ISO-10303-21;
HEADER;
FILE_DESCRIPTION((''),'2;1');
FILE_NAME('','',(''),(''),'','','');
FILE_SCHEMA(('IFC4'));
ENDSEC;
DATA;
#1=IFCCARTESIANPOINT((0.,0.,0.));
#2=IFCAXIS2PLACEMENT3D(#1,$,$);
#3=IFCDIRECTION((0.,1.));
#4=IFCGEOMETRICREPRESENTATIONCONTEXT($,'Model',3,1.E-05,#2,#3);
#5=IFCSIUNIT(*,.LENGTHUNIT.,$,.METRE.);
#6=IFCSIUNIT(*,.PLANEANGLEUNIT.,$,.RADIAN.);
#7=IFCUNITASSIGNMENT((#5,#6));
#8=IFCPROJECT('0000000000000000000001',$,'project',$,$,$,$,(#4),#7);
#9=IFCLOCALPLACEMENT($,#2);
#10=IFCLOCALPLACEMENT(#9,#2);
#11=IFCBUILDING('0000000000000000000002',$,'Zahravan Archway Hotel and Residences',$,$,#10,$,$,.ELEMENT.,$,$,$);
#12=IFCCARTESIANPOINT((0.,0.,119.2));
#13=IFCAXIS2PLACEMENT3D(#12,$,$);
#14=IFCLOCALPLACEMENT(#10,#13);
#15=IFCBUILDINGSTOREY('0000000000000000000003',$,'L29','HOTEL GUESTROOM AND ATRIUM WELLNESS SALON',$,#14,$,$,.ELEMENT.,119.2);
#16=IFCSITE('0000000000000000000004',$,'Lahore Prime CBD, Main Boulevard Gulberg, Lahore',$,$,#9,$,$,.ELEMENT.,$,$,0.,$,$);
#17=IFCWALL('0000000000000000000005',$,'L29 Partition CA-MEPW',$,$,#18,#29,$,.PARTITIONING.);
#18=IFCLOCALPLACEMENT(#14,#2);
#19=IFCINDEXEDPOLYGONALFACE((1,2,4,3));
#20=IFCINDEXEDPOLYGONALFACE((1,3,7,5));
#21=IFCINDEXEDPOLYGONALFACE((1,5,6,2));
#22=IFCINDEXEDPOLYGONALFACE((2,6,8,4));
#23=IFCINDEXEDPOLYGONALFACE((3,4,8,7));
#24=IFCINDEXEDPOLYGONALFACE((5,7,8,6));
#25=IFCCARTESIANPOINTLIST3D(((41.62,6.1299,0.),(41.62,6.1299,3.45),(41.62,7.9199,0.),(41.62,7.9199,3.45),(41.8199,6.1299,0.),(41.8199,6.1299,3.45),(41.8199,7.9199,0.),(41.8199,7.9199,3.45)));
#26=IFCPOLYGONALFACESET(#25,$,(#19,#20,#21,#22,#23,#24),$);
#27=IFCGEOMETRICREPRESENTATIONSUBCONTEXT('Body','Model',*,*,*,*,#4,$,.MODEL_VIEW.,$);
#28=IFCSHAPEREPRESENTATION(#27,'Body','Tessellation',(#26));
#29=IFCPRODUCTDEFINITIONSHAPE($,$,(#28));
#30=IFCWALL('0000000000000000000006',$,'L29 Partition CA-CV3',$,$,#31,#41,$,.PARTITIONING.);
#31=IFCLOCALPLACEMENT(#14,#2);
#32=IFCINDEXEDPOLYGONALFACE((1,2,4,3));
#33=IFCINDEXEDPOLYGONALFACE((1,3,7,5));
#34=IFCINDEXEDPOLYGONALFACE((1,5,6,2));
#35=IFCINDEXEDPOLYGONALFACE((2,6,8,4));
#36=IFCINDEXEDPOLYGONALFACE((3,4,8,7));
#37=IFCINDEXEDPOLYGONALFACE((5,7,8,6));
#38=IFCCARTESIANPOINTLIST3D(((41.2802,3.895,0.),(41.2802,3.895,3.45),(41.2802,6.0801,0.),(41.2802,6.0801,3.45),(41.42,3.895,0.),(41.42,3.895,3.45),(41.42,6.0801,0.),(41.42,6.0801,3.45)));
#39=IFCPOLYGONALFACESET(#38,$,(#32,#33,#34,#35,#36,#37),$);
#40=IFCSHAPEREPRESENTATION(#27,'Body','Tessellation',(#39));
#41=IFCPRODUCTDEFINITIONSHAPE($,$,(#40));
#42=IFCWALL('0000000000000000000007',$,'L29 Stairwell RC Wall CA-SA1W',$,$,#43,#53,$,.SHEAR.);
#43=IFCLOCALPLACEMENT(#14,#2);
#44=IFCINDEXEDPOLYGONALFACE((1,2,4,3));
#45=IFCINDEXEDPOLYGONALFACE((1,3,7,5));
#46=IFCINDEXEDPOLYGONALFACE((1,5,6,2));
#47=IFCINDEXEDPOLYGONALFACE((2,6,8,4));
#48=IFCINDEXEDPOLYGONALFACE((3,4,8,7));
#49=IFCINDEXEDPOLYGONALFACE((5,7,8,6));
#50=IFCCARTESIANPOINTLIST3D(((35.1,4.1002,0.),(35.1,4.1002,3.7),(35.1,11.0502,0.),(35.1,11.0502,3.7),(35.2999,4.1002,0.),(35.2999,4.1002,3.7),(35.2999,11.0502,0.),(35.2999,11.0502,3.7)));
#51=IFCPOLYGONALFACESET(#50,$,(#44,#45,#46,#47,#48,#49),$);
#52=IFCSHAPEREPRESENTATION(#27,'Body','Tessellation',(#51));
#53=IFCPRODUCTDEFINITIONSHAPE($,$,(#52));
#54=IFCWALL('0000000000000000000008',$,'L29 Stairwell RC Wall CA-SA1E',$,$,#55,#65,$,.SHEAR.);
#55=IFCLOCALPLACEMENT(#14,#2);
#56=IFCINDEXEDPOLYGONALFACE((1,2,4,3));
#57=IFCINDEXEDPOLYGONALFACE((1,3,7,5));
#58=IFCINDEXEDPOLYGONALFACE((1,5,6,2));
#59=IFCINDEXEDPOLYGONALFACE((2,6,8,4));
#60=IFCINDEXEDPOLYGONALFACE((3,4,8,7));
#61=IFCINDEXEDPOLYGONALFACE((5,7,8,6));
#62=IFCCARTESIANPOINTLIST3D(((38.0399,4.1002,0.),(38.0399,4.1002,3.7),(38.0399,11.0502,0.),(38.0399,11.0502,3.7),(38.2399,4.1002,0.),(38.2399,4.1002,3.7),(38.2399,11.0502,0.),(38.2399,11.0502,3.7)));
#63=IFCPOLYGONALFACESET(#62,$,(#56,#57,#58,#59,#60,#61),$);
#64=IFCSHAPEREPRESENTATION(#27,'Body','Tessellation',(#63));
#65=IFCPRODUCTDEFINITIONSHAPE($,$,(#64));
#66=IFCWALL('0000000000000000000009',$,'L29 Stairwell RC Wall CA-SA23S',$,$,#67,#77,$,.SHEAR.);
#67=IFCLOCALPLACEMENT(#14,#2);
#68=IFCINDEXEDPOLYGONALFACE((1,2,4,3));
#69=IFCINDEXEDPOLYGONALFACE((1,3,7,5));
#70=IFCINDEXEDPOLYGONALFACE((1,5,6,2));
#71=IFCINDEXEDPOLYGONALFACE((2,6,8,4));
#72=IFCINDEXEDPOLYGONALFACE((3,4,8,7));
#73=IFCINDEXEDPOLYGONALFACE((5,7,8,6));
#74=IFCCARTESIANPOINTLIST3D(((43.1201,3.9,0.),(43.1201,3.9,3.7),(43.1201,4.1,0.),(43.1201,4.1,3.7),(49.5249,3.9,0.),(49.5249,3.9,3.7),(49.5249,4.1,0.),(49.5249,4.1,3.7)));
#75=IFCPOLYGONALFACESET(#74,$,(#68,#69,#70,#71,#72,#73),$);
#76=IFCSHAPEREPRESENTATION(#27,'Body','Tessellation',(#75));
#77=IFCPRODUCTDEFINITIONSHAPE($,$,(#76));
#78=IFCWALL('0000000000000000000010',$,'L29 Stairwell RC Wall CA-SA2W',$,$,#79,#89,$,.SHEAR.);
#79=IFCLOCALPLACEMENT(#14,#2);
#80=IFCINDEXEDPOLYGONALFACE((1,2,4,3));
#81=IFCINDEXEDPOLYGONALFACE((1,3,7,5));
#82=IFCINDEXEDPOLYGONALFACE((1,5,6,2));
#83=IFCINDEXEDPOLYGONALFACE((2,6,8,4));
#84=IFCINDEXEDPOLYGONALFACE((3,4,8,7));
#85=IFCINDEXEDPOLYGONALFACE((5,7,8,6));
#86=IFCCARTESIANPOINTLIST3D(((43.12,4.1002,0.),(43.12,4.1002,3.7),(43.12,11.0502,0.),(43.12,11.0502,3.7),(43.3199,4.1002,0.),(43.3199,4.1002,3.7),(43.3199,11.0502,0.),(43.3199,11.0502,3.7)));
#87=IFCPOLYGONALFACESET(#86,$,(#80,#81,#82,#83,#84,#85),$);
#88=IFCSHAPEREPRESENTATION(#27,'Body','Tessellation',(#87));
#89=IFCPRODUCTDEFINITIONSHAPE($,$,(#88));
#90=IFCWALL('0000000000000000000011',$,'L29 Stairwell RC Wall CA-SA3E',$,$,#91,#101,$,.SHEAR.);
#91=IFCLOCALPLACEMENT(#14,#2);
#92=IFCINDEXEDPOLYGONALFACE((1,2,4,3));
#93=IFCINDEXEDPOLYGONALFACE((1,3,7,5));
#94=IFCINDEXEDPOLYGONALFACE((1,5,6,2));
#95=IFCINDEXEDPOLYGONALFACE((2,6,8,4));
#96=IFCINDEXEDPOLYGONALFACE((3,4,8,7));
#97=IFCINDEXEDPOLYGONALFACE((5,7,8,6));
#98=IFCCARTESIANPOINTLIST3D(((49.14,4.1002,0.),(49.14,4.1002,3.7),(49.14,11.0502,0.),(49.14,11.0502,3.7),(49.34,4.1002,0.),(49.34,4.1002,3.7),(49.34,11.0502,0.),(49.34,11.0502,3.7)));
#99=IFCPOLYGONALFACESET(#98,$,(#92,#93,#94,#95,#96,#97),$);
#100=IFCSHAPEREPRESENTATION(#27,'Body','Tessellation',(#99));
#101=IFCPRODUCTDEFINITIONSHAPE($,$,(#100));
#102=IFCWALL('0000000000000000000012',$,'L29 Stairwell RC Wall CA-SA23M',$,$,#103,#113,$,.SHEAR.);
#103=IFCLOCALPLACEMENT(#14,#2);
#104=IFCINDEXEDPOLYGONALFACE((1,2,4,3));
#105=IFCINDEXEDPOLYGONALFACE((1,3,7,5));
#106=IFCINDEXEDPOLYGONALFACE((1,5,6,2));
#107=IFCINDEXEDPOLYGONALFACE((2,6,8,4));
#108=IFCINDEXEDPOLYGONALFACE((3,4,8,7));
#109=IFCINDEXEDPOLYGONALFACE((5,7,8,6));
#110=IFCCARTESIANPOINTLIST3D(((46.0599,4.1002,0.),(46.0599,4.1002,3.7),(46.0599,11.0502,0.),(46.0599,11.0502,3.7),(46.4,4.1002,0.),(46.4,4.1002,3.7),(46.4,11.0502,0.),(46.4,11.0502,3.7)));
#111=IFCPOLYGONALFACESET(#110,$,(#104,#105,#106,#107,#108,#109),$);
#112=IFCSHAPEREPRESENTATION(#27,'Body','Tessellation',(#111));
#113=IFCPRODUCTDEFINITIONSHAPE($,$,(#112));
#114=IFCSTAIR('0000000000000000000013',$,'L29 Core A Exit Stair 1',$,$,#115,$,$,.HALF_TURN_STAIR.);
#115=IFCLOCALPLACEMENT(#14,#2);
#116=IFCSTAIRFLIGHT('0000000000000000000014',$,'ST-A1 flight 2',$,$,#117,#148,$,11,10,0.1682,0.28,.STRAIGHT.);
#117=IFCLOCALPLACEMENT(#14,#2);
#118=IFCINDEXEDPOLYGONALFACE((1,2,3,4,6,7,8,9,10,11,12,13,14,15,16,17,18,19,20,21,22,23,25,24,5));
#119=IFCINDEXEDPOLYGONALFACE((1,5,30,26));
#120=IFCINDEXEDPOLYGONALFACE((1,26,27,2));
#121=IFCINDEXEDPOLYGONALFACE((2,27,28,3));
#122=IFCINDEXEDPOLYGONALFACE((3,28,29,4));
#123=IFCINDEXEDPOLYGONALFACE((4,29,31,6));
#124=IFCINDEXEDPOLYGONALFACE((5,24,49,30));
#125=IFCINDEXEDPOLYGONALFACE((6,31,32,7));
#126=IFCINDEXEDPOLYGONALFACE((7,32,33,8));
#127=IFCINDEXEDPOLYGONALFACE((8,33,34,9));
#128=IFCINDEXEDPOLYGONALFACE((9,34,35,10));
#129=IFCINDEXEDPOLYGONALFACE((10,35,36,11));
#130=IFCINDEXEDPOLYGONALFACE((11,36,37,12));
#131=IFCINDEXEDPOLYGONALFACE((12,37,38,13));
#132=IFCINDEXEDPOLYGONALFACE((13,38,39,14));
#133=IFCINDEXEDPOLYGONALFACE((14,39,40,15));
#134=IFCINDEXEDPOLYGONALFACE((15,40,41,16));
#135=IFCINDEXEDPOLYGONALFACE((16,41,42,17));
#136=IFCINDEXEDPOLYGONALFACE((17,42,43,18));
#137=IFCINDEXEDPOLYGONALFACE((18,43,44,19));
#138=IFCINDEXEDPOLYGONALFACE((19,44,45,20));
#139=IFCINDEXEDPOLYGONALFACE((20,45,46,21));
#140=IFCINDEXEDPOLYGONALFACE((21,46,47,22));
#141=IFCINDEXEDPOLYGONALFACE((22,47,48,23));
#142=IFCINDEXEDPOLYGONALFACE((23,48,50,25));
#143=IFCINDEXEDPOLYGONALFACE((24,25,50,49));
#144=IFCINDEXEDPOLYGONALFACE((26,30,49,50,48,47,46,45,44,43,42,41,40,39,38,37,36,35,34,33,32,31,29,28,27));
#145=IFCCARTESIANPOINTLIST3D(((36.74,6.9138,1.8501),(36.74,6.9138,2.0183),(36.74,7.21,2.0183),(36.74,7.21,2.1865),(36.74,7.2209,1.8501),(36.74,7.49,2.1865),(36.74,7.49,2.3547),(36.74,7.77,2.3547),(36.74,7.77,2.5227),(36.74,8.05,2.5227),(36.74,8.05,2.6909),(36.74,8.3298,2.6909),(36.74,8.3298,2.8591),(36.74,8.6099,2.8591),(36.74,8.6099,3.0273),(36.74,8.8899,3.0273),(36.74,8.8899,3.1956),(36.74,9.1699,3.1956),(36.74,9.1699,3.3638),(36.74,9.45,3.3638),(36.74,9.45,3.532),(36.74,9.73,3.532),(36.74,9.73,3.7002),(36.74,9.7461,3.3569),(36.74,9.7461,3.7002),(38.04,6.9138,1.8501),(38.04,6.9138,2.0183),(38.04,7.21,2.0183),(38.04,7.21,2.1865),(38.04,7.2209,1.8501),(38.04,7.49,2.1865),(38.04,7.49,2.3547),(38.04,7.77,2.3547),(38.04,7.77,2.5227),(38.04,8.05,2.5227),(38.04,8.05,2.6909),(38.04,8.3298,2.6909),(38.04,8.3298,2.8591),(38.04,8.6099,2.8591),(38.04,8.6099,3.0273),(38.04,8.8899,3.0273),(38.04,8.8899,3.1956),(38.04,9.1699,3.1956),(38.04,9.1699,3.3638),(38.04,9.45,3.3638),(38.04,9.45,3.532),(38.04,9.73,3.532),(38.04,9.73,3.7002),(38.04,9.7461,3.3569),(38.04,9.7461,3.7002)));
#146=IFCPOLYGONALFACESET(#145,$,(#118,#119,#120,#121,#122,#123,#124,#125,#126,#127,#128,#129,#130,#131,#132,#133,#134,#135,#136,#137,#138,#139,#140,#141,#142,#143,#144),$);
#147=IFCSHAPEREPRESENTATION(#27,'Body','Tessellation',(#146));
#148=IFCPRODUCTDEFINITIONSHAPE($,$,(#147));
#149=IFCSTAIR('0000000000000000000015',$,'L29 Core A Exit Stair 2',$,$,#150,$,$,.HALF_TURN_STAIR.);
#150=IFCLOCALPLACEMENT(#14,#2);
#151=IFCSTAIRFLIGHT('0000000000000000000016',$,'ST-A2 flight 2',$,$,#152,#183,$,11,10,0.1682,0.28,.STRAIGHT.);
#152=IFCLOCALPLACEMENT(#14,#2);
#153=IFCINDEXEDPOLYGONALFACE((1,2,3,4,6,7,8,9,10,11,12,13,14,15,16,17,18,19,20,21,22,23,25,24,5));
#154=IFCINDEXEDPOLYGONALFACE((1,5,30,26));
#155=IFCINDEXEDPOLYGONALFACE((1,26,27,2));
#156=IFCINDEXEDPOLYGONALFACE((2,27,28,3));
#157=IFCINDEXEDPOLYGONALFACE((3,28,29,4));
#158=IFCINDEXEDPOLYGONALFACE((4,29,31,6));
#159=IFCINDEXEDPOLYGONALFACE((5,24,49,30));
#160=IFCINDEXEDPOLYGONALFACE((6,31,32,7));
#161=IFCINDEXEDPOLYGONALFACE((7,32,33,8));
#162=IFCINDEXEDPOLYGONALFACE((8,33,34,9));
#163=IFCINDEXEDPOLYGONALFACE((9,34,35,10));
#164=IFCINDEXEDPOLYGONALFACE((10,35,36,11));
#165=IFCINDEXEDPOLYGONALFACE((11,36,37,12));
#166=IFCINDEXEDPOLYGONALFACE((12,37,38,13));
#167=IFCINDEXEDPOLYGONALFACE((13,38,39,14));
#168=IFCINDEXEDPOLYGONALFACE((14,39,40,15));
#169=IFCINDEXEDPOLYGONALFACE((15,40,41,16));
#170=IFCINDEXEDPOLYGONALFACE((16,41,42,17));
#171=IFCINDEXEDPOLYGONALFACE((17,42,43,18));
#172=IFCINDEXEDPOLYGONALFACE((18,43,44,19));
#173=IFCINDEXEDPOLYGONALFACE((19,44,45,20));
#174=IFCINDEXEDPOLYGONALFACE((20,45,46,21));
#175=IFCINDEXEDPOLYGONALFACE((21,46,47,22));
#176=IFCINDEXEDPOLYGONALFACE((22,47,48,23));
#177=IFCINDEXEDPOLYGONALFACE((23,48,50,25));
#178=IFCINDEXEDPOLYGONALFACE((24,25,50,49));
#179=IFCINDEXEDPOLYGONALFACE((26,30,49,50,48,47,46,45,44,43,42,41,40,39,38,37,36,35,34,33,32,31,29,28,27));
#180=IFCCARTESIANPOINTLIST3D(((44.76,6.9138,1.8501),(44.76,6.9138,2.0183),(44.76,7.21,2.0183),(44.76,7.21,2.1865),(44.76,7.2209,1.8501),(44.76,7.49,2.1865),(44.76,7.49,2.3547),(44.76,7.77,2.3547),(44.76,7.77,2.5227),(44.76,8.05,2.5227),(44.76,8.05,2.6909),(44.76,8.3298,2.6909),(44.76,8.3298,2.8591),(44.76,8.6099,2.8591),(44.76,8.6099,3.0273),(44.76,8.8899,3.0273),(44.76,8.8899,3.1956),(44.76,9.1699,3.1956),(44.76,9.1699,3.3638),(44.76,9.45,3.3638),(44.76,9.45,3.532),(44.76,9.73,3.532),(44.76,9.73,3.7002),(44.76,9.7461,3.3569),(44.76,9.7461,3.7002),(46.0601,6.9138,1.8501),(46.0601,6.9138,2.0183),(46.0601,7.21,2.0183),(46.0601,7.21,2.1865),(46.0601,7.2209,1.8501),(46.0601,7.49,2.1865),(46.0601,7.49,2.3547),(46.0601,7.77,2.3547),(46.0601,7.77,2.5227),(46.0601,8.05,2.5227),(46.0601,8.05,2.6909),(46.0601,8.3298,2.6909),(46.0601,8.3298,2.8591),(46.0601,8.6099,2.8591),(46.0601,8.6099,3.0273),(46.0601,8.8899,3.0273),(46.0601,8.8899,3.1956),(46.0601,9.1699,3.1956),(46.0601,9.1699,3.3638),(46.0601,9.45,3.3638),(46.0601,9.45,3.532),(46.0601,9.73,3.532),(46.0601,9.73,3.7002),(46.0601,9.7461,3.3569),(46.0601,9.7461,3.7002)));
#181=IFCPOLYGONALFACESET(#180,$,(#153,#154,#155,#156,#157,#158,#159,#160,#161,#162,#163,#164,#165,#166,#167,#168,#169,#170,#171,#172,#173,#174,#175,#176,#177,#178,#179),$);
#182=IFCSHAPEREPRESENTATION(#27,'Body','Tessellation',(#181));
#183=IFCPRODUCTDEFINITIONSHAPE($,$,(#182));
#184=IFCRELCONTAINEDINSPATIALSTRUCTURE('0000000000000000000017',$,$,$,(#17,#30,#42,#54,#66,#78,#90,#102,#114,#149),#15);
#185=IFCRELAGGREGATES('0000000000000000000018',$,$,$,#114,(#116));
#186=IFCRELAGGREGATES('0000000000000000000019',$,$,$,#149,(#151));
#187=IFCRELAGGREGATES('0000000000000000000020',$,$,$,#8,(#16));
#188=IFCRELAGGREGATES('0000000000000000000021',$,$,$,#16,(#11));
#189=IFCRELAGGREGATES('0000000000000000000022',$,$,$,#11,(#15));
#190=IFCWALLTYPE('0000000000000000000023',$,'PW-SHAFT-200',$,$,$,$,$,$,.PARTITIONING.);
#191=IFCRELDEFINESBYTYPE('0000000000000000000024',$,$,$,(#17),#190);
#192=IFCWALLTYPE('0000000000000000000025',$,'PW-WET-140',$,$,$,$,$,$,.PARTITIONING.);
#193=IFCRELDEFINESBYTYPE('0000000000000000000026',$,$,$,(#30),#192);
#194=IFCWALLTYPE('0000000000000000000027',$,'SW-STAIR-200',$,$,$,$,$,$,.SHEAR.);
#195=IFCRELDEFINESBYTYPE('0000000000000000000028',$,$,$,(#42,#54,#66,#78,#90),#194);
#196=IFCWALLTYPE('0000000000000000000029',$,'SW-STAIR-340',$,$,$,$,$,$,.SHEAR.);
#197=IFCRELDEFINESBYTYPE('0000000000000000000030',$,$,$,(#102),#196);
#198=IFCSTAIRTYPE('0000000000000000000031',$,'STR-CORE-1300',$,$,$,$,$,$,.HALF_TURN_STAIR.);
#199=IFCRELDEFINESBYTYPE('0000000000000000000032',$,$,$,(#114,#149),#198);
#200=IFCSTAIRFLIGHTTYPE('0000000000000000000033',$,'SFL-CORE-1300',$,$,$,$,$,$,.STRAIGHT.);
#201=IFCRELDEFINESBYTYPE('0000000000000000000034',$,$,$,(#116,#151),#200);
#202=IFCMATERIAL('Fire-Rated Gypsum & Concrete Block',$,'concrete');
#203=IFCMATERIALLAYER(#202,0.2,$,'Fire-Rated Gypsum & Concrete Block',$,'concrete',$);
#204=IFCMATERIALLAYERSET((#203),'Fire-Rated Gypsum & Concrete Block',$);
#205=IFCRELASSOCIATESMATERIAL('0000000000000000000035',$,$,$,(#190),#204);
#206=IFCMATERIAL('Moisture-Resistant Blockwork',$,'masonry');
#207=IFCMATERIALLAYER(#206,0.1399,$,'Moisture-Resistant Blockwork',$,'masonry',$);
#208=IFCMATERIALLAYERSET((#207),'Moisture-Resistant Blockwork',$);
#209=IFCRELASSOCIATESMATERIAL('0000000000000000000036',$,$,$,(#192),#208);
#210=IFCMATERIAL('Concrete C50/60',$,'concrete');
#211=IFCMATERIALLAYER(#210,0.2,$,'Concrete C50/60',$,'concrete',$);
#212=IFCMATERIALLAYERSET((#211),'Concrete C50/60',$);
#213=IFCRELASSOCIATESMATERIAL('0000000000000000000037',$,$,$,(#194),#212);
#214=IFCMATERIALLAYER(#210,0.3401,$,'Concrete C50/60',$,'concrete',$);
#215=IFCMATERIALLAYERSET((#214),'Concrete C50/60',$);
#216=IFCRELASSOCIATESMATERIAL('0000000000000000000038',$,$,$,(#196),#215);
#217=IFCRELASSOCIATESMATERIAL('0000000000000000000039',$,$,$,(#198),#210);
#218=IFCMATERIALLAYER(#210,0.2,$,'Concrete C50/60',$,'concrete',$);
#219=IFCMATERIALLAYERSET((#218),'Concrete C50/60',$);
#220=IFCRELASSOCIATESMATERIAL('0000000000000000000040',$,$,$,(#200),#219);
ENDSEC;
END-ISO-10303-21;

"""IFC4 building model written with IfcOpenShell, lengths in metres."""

from ifc_helpers import new_model, si_unit, direction, frame, frame_2d, origin, place, context, subcontext, project, spatial, polyline, rectangle, outline, extrude, source, transform, mapped, material, layer, layer_set, type_object, element, aggregate, save


model = new_model("IFC4")

# Units and contexts
model_context = context("Model", 3, precision=1e-05, world=origin(), true_north=direction((0.0, 1.0)))
body_context = subcontext(model_context, "Body", "Model", "MODEL_VIEW")
ifc_project = project(units=[si_unit("LENGTHUNIT", "METRE"), si_unit("PLANEANGLEUNIT", "RADIAN")], contexts=[model_context])

# Site, building, storey
site_placement = place(None, origin())
site = spatial("IfcSite", under=ifc_project, at=site_placement, Name="Lahore Prime CBD, Main Boulevard Gulberg, Lahore", CompositionType="ELEMENT", RefElevation=0.0)
building_placement = place(site_placement, origin())
building = spatial("IfcBuilding", under=site, at=building_placement, Name="Zahravan Archway Hotel and Residences", CompositionType="ELEMENT")
storey_placement = place(building_placement, frame((0.0, 0.0, 119.2)))
storey = spatial("IfcBuildingStorey", under=building, at=storey_placement, Name="L29", Description="HOTEL GUESTROOM AND ATRIUM WELLNESS SALON", CompositionType="ELEMENT", Elevation=119.2)

# Shared definitions
ifc_material_1 = material(Name="Fire-Rated Gypsum & Concrete Block", Category="concrete")
ifc_layer_1 = layer(ifc_material_1, 0.2, Name="Fire-Rated Gypsum & Concrete Block", Category="concrete")
ifc_layer_set_1 = layer_set([ifc_layer_1], Name="Fire-Rated Gypsum & Concrete Block")
wall_type_1 = type_object("IfcWallType", Name="PW-SHAFT-200", PredefinedType="PARTITIONING", material=ifc_layer_set_1)

# Walls
wall_1_placement = place(storey_placement, frame((41.72, 6.1299, 0.0), z_axis=(0.0, 0.0, 1.0), x_axis=(0.0, 1.0, 0.0)))
element("IfcWall", 1, at=wall_1_placement, inside=storey, type_object=wall_type_1, Name="L29 Partition CA-MEPW", PredefinedType="PARTITIONING", context=body_context, shape_type="SweptSolid", body=[
    extrude(rectangle(XDim=1.79, YDim=0.2, at=frame_2d((0.895, 0.0))), origin(), (0.0, 0.0, 1.0), 3.45),
])
ifc_material_2 = material(Name="Moisture-Resistant Blockwork", Category="masonry")
ifc_layer_2 = layer(ifc_material_2, 0.1399, Name="Moisture-Resistant Blockwork", Category="masonry")
ifc_layer_set_2 = layer_set([ifc_layer_2], Name="Moisture-Resistant Blockwork")
wall_type_2 = type_object("IfcWallType", Name="PW-WET-140", PredefinedType="PARTITIONING", material=ifc_layer_set_2)
wall_2_placement = place(storey_placement, frame((41.3501, 3.895, 0.0), z_axis=(0.0, 0.0, 1.0), x_axis=(0.0, 1.0, 0.0)))
element("IfcWall", 2, at=wall_2_placement, inside=storey, type_object=wall_type_2, Name="L29 Partition CA-CV3", PredefinedType="PARTITIONING", context=body_context, shape_type="SweptSolid", body=[
    extrude(rectangle(XDim=2.1851, YDim=0.1399, at=frame_2d((1.0925, 0.0))), origin(), (0.0, 0.0, 1.0), 3.45),
])
ifc_material_3 = material(Name="Concrete C50/60", Category="concrete")
ifc_layer_3 = layer(ifc_material_3, 0.2, Name="Concrete C50/60", Category="concrete")
ifc_layer_set_3 = layer_set([ifc_layer_3], Name="Concrete C50/60")
wall_type_3 = type_object("IfcWallType", Name="SW-STAIR-200", PredefinedType="SHEAR", material=ifc_layer_set_3)
for number, where, z_axis, x_axis, name in (
    (3, (35.2, 4.1001, 0.0), (0.0, 0.0, 1.0), (0.0, 1.0, 0.0), "L29 Stairwell RC Wall CA-SA1W"),
    (4, (38.1399, 4.1001, 0.0), (0.0, 0.0, 1.0), (0.0, 1.0, 0.0), "L29 Stairwell RC Wall CA-SA1E"),
):
    element("IfcWall", number, at=place(storey_placement, frame(where, z_axis=z_axis, x_axis=x_axis)), inside=storey, type_object=wall_type_3, Name=name, PredefinedType="SHEAR", context=body_context, shape_type="SweptSolid", body=[
        extrude(rectangle(XDim=6.95, YDim=0.2, at=frame_2d((3.4751, 0.0))), origin(), (0.0, 0.0, 1.0), 3.7),
    ])
wall_3_placement = place(storey_placement, frame((43.1201, 4.0, 0.0), z_axis=(0.0, 0.0, 1.0), x_axis=(1.0, 0.0, 0.0)))
element("IfcWall", 5, at=wall_3_placement, inside=storey, type_object=wall_type_3, Name="L29 Stairwell RC Wall CA-SA23S", PredefinedType="SHEAR", context=body_context, shape_type="SweptSolid", body=[
    extrude(rectangle(XDim=6.4048, YDim=0.2, at=frame_2d((3.2024, 0.0))), origin(), (0.0, 0.0, 1.0), 3.7),
])
for number, where, z_axis, x_axis, name in (
    (6, (43.22, 4.1001, 0.0), (0.0, 0.0, 1.0), (0.0, 1.0, 0.0), "L29 Stairwell RC Wall CA-SA2W"),
    (7, (49.24, 4.1001, 0.0), (0.0, 0.0, 1.0), (0.0, 1.0, 0.0), "L29 Stairwell RC Wall CA-SA3E"),
):
    element("IfcWall", number, at=place(storey_placement, frame(where, z_axis=z_axis, x_axis=x_axis)), inside=storey, type_object=wall_type_3, Name=name, PredefinedType="SHEAR", context=body_context, shape_type="SweptSolid", body=[
        extrude(rectangle(XDim=6.95, YDim=0.2, at=frame_2d((3.4751, 0.0))), origin(), (0.0, 0.0, 1.0), 3.7),
    ])
ifc_layer_4 = layer(ifc_material_3, 0.3401, Name="Concrete C50/60", Category="concrete")
ifc_layer_set_4 = layer_set([ifc_layer_4], Name="Concrete C50/60")
wall_type_4 = type_object("IfcWallType", Name="SW-STAIR-340", PredefinedType="SHEAR", material=ifc_layer_set_4)
wall_4_placement = place(storey_placement, frame((46.23, 4.1001, 0.0), z_axis=(0.0, 0.0, 1.0), x_axis=(0.0, 1.0, 0.0)))
element("IfcWall", 8, at=wall_4_placement, inside=storey, type_object=wall_type_4, Name="L29 Stairwell RC Wall CA-SA23M", PredefinedType="SHEAR", context=body_context, shape_type="SweptSolid", body=[
    extrude(rectangle(XDim=6.95, YDim=0.3401, at=frame_2d((3.4751, 0.0))), origin(), (0.0, 0.0, 1.0), 3.7),
])

# Stairs, stair flights
stair_type = type_object("IfcStairType", Name="STR-CORE-1300", PredefinedType="HALF_TURN_STAIR", material=ifc_material_3)
stair_1_placement = place(storey_placement, origin())
stair_1 = element("IfcStair", 9, at=stair_1_placement, inside=storey, type_object=stair_type, Name="L29 Core A Exit Stair 1", PredefinedType="HALF_TURN_STAIR")
ifc_layer_5 = layer(ifc_material_3, 0.2, Name="Concrete C50/60", Category="concrete")
ifc_layer_set_5 = layer_set([ifc_layer_5], Name="Concrete C50/60")
stair_flight_type = type_object("IfcStairFlightType", Name="SFL-CORE-1300", PredefinedType="STRAIGHT", material=ifc_layer_set_5)
shared_shape_1 = source(origin(), body_context, "Body", "SweptSolid", [
    extrude(outline(polyline([(-0.0161, 0.0), (-0.0161, 0.1682), (0.28, 0.1682), (0.28, 0.3364), (0.5601, 0.3364), (0.5601, 0.5046), (0.8401, 0.5046), (0.8401, 0.6726), (1.1201, 0.6726), (1.1201, 0.8408), (1.3999, 0.8408), (1.3999, 1.009), (1.6799, 1.009), (1.6799, 1.1772), (1.96, 1.1772), (1.96, 1.3455), (2.24, 1.3455), (2.24, 1.5137), (2.52, 1.5137), (2.52, 1.6819), (2.8, 1.6819), (2.8, 1.8501), (2.8162, 1.8501), (2.8162, 1.5068), (0.291, 0.0), (-0.0161, 0.0)])), frame((0.0, 0.6499, 0.0), z_axis=(0.0, -1.0, 0.0), x_axis=(1.0, 0.0, 0.0)), (0.0, 0.0, 1.0), 1.3),
])
stair_flight_1_placement = place(storey_placement, frame((37.3899, 6.9299, 1.8501), z_axis=(0.0, 0.0, 1.0), x_axis=(0.0, 1.0, 0.0)))
stair_flight_1 = element("IfcStairFlight", 10, at=stair_flight_1_placement, type_object=stair_flight_type, Name="ST-A1 flight 2", NumberOfRisers=11, NumberOfTreads=10, PredefinedType="STRAIGHT", RiserHeight=0.1682, TreadLength=0.28, context=body_context, shape_type="MappedRepresentation", body=[
    mapped(shared_shape_1, transform((0.0, 0.0, 0.0), scale=1.0)),
])
aggregate(stair_1, [stair_flight_1])
stair_2_placement = place(storey_placement, origin())
stair_2 = element("IfcStair", 11, at=stair_2_placement, inside=storey, type_object=stair_type, Name="L29 Core A Exit Stair 2", PredefinedType="HALF_TURN_STAIR")
stair_flight_2_placement = place(storey_placement, frame((45.4099, 6.9299, 1.8501), z_axis=(0.0, 0.0, 1.0), x_axis=(0.0, 1.0, 0.0)))
stair_flight_2 = element("IfcStairFlight", 12, at=stair_flight_2_placement, type_object=stair_flight_type, Name="ST-A2 flight 2", NumberOfRisers=11, NumberOfTreads=10, PredefinedType="STRAIGHT", RiserHeight=0.1682, TreadLength=0.28, context=body_context, shape_type="MappedRepresentation", body=[
    mapped(shared_shape_1, transform((0.0, 0.0, 0.0), scale=1.0)),
])
aggregate(stair_2, [stair_flight_2])

save(model, "model.ifc")
